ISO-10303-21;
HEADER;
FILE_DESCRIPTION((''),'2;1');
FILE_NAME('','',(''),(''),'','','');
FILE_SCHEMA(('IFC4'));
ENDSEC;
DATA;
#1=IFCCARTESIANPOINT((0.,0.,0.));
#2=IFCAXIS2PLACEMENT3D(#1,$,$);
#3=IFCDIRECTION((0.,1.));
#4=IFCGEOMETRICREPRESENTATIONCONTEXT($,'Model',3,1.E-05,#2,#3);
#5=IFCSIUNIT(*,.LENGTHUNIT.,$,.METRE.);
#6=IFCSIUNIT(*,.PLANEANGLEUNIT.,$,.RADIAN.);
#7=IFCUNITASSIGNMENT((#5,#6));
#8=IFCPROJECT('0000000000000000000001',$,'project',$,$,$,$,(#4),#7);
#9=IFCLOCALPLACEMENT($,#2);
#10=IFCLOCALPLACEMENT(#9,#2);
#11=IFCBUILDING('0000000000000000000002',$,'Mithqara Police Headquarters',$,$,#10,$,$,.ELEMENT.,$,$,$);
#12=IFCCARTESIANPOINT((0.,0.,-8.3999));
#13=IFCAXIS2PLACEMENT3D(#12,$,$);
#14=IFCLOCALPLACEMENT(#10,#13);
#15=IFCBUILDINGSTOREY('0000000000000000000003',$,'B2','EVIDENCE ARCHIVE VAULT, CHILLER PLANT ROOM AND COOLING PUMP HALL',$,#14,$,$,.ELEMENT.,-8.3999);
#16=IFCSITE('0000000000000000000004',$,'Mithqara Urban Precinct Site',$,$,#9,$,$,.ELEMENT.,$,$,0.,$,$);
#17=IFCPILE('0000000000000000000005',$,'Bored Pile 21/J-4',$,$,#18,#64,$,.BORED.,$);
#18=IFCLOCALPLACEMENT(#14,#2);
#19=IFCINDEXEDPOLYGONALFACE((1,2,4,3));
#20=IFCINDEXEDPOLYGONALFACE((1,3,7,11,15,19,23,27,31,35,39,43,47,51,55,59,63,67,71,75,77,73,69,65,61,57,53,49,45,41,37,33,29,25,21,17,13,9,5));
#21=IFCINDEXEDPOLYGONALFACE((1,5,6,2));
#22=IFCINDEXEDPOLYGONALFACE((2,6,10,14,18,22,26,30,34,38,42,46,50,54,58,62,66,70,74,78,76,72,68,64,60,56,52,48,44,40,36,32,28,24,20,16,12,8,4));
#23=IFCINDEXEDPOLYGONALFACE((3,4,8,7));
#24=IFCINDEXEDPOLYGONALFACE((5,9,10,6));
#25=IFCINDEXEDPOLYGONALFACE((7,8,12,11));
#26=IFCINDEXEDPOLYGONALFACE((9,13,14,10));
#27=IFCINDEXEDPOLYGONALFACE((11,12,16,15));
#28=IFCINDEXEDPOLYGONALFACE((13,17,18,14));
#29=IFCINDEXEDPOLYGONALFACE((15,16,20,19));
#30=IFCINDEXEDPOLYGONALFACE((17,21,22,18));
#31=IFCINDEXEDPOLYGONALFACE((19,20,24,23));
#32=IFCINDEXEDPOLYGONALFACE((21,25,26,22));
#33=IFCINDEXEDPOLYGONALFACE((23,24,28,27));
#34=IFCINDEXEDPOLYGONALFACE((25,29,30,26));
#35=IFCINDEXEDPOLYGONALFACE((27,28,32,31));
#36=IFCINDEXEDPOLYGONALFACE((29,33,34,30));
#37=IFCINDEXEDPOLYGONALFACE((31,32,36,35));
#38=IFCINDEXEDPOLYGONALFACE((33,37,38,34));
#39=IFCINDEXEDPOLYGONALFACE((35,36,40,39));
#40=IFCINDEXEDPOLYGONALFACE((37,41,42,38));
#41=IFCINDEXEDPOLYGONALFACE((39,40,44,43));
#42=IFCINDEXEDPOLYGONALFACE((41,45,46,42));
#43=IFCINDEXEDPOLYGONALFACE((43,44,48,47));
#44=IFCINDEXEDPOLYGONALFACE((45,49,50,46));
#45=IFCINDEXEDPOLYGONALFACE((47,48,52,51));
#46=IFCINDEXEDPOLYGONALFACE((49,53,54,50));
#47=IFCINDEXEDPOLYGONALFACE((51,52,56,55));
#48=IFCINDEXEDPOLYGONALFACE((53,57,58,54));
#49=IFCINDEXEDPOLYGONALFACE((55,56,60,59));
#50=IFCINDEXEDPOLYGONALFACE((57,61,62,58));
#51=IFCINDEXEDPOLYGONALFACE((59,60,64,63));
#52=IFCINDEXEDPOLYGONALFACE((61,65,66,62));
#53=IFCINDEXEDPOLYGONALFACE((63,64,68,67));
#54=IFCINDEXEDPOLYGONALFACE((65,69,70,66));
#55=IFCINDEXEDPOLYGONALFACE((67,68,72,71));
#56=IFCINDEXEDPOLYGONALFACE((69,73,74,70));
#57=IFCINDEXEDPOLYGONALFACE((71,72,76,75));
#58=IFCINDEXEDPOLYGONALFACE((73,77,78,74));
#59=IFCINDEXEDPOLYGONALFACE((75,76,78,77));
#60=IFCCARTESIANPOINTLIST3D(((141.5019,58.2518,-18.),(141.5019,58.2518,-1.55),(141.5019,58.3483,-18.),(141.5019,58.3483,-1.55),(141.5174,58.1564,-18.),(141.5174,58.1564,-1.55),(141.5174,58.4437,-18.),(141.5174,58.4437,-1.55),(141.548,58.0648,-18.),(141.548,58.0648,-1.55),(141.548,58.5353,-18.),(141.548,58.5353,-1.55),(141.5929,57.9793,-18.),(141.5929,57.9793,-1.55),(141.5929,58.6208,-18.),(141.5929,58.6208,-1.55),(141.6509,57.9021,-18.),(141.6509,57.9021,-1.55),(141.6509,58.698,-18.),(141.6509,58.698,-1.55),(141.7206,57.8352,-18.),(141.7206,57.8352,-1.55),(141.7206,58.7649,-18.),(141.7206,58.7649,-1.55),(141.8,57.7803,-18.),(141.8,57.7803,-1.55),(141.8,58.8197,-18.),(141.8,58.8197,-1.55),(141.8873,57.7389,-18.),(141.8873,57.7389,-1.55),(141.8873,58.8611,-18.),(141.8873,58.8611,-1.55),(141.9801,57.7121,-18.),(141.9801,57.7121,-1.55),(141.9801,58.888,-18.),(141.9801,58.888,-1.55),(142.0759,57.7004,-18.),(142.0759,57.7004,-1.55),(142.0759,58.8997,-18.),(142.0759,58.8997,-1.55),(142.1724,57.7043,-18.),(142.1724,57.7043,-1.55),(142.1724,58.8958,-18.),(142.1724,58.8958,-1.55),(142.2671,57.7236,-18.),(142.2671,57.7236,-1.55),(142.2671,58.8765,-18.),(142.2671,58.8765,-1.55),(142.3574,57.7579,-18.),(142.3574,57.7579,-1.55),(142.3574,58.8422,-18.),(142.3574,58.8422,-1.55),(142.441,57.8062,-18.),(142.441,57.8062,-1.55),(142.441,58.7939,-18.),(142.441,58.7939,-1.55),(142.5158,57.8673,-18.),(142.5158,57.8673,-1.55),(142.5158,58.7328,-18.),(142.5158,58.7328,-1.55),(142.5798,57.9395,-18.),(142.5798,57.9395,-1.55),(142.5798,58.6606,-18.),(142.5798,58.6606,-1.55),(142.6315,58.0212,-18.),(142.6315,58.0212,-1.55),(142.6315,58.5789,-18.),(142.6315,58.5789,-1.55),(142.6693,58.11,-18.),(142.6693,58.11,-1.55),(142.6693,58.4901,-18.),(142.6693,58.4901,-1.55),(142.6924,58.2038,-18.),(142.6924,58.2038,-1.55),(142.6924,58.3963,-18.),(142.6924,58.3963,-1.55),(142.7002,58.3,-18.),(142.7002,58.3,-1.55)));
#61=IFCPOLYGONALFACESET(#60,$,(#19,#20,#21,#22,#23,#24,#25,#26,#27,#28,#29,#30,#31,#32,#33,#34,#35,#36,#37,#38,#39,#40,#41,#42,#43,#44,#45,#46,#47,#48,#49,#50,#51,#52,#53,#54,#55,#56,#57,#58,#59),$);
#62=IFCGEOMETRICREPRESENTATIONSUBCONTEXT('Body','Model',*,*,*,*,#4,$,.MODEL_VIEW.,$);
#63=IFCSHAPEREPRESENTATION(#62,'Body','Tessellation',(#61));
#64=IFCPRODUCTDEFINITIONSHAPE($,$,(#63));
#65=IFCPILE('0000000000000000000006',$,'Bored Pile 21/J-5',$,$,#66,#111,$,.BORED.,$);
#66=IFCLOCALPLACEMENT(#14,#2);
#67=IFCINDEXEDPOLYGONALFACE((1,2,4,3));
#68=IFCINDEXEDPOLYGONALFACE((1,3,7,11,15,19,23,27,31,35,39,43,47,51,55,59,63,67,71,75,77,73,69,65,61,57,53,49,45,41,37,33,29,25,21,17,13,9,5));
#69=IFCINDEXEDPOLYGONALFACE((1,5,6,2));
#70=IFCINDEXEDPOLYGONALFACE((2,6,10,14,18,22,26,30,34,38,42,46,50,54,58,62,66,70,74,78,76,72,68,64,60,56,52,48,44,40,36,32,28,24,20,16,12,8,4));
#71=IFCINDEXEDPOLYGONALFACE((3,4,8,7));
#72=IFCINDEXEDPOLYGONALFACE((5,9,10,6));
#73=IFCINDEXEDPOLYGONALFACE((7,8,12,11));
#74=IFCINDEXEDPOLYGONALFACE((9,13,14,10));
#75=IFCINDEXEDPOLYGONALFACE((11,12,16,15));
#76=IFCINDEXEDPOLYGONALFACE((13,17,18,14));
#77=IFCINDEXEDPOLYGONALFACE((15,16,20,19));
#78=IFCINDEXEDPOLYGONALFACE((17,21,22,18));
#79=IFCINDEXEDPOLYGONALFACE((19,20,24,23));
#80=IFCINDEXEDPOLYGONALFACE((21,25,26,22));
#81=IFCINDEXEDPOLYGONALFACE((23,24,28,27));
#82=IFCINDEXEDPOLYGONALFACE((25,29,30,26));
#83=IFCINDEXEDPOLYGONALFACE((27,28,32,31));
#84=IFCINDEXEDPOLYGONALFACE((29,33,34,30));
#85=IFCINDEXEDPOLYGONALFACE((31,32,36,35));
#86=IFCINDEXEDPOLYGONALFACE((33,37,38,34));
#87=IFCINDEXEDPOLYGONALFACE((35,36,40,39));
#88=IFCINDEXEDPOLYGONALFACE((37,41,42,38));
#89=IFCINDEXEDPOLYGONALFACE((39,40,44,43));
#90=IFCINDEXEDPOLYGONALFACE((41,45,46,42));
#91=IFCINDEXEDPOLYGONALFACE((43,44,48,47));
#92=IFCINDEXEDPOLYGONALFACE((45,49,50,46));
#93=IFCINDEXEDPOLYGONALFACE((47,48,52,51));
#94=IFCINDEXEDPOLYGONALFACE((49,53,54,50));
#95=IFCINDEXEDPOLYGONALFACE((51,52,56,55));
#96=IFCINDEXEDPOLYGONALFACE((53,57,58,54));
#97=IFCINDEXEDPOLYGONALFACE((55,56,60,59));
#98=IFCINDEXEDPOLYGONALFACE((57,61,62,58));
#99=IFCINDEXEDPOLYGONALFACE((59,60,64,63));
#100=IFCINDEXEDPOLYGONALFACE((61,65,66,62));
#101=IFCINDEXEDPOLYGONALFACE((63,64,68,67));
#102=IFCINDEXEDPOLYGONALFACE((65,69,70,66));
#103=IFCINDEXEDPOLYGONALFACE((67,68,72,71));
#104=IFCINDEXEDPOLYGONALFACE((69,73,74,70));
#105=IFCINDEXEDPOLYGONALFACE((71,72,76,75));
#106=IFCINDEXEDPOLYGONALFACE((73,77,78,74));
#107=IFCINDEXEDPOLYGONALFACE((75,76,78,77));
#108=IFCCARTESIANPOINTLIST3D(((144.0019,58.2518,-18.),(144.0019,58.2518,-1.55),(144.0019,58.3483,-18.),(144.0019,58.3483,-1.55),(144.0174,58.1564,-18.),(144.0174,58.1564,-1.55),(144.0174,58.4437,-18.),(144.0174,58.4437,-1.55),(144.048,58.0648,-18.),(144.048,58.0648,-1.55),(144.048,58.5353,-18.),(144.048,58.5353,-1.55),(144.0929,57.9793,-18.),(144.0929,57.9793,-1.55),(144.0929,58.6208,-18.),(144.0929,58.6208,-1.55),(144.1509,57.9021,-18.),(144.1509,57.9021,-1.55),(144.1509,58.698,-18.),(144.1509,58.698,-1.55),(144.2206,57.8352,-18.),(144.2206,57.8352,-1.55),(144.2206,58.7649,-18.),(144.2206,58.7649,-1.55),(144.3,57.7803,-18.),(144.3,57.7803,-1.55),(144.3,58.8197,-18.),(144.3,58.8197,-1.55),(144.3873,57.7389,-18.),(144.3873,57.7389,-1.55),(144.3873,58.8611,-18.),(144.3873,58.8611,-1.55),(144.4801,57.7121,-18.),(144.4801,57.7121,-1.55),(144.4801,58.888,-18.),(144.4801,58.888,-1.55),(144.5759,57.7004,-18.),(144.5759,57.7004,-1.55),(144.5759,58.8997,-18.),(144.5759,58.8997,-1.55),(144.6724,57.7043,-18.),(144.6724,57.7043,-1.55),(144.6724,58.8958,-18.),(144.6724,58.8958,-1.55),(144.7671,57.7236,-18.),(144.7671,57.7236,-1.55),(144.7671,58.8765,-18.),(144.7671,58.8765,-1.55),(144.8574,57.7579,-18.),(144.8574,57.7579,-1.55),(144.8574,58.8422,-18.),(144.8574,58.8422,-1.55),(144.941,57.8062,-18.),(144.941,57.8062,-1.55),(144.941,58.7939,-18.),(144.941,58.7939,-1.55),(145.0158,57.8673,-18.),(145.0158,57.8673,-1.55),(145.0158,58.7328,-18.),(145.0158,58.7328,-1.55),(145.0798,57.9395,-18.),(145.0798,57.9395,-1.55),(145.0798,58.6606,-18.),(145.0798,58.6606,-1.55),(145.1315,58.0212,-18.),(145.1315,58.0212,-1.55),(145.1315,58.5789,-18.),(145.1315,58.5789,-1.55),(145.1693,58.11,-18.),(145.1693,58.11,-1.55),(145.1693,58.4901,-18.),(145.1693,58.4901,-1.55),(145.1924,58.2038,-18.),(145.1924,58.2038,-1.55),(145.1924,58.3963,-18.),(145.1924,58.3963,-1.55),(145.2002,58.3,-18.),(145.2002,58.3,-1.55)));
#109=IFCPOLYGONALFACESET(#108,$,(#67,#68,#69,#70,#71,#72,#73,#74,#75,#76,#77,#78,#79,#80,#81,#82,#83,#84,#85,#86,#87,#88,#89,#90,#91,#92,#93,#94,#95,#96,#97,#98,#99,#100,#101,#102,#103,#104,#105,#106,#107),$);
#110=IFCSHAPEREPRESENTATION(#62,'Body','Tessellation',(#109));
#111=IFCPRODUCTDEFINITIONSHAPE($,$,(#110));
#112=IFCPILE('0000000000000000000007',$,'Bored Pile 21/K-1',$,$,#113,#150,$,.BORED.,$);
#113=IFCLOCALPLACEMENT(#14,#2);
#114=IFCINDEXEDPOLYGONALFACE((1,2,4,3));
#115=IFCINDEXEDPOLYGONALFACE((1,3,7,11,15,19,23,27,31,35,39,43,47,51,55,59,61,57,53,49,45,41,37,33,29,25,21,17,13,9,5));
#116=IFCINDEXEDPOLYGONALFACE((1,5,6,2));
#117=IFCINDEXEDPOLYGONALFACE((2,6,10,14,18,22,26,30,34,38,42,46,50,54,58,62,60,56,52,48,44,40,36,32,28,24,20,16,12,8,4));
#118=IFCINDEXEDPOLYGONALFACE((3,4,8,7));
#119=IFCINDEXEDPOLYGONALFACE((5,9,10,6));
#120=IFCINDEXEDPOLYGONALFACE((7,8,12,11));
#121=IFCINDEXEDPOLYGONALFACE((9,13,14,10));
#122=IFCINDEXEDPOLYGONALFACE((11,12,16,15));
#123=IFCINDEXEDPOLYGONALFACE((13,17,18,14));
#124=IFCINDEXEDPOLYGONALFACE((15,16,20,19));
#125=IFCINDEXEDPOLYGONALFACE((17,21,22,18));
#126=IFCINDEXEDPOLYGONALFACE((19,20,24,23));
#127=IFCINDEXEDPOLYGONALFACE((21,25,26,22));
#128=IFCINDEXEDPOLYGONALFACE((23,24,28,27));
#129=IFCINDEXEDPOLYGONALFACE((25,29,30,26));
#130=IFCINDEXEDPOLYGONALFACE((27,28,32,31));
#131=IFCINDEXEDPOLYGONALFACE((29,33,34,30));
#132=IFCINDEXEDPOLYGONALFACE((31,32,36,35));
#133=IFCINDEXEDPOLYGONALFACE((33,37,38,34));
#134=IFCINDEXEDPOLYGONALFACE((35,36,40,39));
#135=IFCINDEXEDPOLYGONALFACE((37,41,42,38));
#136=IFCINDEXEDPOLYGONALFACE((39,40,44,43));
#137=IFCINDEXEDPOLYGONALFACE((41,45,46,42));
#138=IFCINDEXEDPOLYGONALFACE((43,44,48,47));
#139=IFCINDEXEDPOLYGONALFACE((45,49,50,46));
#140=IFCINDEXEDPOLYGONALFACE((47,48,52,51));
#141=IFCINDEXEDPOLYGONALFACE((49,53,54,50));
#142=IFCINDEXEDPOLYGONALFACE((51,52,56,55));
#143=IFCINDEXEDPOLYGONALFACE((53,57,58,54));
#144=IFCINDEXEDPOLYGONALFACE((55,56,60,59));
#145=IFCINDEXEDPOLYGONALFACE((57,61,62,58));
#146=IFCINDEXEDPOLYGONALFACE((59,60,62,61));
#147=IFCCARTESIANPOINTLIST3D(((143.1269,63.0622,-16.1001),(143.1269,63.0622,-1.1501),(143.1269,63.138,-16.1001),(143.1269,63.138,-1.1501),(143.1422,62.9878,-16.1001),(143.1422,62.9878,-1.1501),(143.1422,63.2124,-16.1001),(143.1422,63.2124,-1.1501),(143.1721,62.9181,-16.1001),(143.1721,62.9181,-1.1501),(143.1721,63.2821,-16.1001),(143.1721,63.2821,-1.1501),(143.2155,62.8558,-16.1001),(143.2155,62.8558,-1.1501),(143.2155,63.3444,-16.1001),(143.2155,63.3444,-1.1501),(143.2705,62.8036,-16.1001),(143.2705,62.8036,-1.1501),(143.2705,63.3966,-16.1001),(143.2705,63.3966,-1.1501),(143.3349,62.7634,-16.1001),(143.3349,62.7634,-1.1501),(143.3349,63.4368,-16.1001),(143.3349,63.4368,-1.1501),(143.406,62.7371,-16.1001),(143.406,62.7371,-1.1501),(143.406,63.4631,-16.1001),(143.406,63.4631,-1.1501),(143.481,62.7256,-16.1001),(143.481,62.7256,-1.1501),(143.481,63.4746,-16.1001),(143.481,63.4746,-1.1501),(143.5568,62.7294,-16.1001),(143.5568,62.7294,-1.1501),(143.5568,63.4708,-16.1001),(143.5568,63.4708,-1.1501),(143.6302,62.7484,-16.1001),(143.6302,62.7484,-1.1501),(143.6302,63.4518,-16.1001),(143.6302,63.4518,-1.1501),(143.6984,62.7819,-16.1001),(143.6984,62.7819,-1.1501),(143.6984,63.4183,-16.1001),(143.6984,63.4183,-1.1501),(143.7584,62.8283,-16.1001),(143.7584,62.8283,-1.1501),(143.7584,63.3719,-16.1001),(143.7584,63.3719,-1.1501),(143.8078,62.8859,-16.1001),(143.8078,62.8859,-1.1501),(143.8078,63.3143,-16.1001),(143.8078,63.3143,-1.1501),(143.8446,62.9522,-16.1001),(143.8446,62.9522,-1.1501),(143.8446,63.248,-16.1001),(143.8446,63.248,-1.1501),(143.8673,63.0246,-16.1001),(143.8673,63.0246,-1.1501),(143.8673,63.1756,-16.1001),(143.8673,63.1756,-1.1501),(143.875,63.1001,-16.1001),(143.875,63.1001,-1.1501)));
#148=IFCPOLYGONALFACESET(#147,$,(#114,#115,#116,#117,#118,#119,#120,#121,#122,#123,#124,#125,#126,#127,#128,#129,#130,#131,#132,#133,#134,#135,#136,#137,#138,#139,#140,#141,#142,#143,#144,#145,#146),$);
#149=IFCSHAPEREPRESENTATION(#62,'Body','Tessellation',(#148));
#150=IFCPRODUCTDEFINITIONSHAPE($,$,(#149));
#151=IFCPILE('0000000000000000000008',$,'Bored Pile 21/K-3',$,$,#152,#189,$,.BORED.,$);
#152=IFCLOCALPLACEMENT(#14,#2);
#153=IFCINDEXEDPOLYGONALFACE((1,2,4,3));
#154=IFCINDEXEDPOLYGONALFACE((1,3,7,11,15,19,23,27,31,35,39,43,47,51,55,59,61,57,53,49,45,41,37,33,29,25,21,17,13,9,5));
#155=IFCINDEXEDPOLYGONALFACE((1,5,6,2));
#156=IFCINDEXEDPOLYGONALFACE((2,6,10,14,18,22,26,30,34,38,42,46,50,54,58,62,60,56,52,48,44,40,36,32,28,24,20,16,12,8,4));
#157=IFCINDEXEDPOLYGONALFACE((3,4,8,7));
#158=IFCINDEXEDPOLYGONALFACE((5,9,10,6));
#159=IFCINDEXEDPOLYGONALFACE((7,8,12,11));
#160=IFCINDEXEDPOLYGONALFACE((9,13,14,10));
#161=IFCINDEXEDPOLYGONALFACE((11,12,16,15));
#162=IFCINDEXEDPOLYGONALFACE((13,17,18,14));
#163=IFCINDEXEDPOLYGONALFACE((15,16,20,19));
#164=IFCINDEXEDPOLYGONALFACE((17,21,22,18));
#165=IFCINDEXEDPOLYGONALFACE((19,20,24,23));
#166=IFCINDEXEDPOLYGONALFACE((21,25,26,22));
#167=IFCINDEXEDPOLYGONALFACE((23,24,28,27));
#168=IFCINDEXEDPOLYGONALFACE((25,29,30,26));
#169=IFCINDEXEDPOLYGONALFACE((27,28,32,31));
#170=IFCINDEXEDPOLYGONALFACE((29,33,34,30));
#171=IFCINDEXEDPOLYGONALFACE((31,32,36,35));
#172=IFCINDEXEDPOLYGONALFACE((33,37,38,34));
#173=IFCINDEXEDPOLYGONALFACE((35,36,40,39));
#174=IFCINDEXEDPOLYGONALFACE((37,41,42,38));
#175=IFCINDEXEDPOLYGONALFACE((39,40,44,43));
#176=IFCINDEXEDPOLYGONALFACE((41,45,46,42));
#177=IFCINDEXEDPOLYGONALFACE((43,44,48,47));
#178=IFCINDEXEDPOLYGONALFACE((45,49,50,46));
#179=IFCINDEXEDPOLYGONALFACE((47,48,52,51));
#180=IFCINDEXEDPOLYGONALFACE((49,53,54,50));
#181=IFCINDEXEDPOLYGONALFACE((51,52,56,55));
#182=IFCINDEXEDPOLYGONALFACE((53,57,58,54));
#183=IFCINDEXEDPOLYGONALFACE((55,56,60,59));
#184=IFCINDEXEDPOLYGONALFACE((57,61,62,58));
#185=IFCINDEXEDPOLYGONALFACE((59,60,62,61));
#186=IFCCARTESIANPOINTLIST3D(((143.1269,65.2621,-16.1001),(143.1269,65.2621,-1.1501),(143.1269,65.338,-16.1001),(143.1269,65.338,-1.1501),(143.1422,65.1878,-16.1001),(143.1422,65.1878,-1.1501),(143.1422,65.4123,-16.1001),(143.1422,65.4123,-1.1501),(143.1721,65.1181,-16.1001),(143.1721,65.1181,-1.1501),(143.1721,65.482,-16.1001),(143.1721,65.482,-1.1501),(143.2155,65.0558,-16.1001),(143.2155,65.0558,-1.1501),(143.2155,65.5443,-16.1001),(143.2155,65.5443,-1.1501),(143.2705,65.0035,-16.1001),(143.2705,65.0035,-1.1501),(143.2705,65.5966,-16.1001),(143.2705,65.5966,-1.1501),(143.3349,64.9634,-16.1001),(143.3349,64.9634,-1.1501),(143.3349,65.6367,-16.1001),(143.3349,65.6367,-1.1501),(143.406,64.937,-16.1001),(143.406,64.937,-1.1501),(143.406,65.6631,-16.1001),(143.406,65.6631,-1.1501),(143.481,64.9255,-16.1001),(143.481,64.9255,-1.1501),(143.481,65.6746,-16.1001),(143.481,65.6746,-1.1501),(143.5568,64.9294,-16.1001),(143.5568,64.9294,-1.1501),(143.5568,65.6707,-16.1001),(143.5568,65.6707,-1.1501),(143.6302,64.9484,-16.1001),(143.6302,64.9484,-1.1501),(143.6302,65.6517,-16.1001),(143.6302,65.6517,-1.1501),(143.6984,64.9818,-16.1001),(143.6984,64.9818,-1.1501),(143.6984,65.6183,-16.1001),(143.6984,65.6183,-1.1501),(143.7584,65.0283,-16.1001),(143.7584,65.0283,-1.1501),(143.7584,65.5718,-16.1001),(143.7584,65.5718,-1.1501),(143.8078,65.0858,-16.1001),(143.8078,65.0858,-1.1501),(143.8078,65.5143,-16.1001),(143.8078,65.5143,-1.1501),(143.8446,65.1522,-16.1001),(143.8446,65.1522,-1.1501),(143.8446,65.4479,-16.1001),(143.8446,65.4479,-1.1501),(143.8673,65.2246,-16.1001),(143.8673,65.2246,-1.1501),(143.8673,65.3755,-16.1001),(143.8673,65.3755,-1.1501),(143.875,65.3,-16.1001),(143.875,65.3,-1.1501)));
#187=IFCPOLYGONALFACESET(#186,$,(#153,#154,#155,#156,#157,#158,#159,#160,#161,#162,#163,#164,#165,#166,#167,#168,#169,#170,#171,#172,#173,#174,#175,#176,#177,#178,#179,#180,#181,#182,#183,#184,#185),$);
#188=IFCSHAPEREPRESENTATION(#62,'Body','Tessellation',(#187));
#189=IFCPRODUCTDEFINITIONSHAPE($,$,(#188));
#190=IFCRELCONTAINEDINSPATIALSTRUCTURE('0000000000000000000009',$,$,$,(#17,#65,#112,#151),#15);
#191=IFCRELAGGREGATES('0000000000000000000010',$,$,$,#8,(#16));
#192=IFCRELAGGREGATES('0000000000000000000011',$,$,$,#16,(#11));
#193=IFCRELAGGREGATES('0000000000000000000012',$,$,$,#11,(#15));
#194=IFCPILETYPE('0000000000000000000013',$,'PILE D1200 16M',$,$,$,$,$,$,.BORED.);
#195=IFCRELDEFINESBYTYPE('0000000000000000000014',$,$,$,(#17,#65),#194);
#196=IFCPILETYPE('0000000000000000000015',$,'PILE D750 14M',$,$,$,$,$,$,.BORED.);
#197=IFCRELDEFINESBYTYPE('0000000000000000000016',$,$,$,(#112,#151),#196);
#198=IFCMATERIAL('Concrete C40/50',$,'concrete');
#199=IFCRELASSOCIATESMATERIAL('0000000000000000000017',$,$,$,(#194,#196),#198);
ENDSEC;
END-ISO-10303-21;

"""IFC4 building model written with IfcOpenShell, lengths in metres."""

from ifc_helpers import new_model, si_unit, direction, frame, origin, origin_2d, place, context, subcontext, project, spatial, circle, extrude, material, material_profile, profile_set, type_object, element, save


model = new_model("IFC4")

# Units and contexts
model_context = context("Model", 3, precision=1e-05, world=origin(), true_north=direction((0.0, 1.0)))
body_context = subcontext(model_context, "Body", "Model", "MODEL_VIEW")
ifc_project = project(units=[si_unit("LENGTHUNIT", "METRE"), si_unit("PLANEANGLEUNIT", "RADIAN")], contexts=[model_context])

# Site, building, storey
site_placement = place(None, origin())
site = spatial("IfcSite", under=ifc_project, at=site_placement, Name="Mithqara Urban Precinct Site", CompositionType="ELEMENT", RefElevation=0.0)
building_placement = place(site_placement, origin())
building = spatial("IfcBuilding", under=site, at=building_placement, Name="Mithqara Police Headquarters", CompositionType="ELEMENT")
storey_placement = place(building_placement, frame((0.0, 0.0, -8.3999)))
storey = spatial("IfcBuildingStorey", under=building, at=storey_placement, Name="B2", Description="EVIDENCE ARCHIVE VAULT, CHILLER PLANT ROOM AND COOLING PUMP HALL", CompositionType="ELEMENT", Elevation=-8.3999)

# Shared definitions
ifc_material_1 = material(Name="Concrete C40/50", Category="concrete")

# Piles
ifc_material_profile_1 = material_profile(ifc_material_1, circle(Radius=0.6001, at=origin_2d()), Name="PILE D1200")
ifc_profile_set_1 = profile_set([ifc_material_profile_1], Name="Concrete C40/50")
pile_type_1 = type_object("IfcPileType", Name="PILE D1200 16M", PredefinedType="BORED", material=ifc_profile_set_1)
for number, where, z_axis, x_axis, name in (
    (1, (142.1001, 58.3, -1.55), (0.0, 0.0, -1.0), (1.0, 0.0, 0.0), "Bored Pile 21/J-4"),
    (2, (144.6001, 58.3, -1.55), (0.0, 0.0, -1.0), (1.0, 0.0, 0.0), "Bored Pile 21/J-5"),
):
    element("IfcPile", number, at=place(storey_placement, frame(where, z_axis=z_axis, x_axis=x_axis)), inside=storey, type_object=pile_type_1, Name=name, PredefinedType="BORED", context=body_context, shape_type="SweptSolid", body=[
        extrude(circle(Radius=0.6001, at=origin_2d()), origin(), (0.0, 0.0, 1.0), 16.45),
    ])
ifc_material_profile_2 = material_profile(ifc_material_1, circle(Radius=0.375, at=origin_2d()), Name="PILE D750")
ifc_profile_set_2 = profile_set([ifc_material_profile_2], Name="Concrete C40/50")
pile_type_2 = type_object("IfcPileType", Name="PILE D750 14M", PredefinedType="BORED", material=ifc_profile_set_2)
for number, where, z_axis, x_axis, name in (
    (3, (143.5, 63.1001, -1.1501), (0.0, 0.0, -1.0), (1.0, 0.0, 0.0), "Bored Pile 21/K-1"),
    (4, (143.5, 65.3, -1.1501), (0.0, 0.0, -1.0), (1.0, 0.0, 0.0), "Bored Pile 21/K-3"),
):
    element("IfcPile", number, at=place(storey_placement, frame(where, z_axis=z_axis, x_axis=x_axis)), inside=storey, type_object=pile_type_2, Name=name, PredefinedType="BORED", context=body_context, shape_type="SweptSolid", body=[
        extrude(circle(Radius=0.375, at=origin_2d()), origin(), (0.0, 0.0, 1.0), 14.95),
    ])

save(model, "model.ifc")
